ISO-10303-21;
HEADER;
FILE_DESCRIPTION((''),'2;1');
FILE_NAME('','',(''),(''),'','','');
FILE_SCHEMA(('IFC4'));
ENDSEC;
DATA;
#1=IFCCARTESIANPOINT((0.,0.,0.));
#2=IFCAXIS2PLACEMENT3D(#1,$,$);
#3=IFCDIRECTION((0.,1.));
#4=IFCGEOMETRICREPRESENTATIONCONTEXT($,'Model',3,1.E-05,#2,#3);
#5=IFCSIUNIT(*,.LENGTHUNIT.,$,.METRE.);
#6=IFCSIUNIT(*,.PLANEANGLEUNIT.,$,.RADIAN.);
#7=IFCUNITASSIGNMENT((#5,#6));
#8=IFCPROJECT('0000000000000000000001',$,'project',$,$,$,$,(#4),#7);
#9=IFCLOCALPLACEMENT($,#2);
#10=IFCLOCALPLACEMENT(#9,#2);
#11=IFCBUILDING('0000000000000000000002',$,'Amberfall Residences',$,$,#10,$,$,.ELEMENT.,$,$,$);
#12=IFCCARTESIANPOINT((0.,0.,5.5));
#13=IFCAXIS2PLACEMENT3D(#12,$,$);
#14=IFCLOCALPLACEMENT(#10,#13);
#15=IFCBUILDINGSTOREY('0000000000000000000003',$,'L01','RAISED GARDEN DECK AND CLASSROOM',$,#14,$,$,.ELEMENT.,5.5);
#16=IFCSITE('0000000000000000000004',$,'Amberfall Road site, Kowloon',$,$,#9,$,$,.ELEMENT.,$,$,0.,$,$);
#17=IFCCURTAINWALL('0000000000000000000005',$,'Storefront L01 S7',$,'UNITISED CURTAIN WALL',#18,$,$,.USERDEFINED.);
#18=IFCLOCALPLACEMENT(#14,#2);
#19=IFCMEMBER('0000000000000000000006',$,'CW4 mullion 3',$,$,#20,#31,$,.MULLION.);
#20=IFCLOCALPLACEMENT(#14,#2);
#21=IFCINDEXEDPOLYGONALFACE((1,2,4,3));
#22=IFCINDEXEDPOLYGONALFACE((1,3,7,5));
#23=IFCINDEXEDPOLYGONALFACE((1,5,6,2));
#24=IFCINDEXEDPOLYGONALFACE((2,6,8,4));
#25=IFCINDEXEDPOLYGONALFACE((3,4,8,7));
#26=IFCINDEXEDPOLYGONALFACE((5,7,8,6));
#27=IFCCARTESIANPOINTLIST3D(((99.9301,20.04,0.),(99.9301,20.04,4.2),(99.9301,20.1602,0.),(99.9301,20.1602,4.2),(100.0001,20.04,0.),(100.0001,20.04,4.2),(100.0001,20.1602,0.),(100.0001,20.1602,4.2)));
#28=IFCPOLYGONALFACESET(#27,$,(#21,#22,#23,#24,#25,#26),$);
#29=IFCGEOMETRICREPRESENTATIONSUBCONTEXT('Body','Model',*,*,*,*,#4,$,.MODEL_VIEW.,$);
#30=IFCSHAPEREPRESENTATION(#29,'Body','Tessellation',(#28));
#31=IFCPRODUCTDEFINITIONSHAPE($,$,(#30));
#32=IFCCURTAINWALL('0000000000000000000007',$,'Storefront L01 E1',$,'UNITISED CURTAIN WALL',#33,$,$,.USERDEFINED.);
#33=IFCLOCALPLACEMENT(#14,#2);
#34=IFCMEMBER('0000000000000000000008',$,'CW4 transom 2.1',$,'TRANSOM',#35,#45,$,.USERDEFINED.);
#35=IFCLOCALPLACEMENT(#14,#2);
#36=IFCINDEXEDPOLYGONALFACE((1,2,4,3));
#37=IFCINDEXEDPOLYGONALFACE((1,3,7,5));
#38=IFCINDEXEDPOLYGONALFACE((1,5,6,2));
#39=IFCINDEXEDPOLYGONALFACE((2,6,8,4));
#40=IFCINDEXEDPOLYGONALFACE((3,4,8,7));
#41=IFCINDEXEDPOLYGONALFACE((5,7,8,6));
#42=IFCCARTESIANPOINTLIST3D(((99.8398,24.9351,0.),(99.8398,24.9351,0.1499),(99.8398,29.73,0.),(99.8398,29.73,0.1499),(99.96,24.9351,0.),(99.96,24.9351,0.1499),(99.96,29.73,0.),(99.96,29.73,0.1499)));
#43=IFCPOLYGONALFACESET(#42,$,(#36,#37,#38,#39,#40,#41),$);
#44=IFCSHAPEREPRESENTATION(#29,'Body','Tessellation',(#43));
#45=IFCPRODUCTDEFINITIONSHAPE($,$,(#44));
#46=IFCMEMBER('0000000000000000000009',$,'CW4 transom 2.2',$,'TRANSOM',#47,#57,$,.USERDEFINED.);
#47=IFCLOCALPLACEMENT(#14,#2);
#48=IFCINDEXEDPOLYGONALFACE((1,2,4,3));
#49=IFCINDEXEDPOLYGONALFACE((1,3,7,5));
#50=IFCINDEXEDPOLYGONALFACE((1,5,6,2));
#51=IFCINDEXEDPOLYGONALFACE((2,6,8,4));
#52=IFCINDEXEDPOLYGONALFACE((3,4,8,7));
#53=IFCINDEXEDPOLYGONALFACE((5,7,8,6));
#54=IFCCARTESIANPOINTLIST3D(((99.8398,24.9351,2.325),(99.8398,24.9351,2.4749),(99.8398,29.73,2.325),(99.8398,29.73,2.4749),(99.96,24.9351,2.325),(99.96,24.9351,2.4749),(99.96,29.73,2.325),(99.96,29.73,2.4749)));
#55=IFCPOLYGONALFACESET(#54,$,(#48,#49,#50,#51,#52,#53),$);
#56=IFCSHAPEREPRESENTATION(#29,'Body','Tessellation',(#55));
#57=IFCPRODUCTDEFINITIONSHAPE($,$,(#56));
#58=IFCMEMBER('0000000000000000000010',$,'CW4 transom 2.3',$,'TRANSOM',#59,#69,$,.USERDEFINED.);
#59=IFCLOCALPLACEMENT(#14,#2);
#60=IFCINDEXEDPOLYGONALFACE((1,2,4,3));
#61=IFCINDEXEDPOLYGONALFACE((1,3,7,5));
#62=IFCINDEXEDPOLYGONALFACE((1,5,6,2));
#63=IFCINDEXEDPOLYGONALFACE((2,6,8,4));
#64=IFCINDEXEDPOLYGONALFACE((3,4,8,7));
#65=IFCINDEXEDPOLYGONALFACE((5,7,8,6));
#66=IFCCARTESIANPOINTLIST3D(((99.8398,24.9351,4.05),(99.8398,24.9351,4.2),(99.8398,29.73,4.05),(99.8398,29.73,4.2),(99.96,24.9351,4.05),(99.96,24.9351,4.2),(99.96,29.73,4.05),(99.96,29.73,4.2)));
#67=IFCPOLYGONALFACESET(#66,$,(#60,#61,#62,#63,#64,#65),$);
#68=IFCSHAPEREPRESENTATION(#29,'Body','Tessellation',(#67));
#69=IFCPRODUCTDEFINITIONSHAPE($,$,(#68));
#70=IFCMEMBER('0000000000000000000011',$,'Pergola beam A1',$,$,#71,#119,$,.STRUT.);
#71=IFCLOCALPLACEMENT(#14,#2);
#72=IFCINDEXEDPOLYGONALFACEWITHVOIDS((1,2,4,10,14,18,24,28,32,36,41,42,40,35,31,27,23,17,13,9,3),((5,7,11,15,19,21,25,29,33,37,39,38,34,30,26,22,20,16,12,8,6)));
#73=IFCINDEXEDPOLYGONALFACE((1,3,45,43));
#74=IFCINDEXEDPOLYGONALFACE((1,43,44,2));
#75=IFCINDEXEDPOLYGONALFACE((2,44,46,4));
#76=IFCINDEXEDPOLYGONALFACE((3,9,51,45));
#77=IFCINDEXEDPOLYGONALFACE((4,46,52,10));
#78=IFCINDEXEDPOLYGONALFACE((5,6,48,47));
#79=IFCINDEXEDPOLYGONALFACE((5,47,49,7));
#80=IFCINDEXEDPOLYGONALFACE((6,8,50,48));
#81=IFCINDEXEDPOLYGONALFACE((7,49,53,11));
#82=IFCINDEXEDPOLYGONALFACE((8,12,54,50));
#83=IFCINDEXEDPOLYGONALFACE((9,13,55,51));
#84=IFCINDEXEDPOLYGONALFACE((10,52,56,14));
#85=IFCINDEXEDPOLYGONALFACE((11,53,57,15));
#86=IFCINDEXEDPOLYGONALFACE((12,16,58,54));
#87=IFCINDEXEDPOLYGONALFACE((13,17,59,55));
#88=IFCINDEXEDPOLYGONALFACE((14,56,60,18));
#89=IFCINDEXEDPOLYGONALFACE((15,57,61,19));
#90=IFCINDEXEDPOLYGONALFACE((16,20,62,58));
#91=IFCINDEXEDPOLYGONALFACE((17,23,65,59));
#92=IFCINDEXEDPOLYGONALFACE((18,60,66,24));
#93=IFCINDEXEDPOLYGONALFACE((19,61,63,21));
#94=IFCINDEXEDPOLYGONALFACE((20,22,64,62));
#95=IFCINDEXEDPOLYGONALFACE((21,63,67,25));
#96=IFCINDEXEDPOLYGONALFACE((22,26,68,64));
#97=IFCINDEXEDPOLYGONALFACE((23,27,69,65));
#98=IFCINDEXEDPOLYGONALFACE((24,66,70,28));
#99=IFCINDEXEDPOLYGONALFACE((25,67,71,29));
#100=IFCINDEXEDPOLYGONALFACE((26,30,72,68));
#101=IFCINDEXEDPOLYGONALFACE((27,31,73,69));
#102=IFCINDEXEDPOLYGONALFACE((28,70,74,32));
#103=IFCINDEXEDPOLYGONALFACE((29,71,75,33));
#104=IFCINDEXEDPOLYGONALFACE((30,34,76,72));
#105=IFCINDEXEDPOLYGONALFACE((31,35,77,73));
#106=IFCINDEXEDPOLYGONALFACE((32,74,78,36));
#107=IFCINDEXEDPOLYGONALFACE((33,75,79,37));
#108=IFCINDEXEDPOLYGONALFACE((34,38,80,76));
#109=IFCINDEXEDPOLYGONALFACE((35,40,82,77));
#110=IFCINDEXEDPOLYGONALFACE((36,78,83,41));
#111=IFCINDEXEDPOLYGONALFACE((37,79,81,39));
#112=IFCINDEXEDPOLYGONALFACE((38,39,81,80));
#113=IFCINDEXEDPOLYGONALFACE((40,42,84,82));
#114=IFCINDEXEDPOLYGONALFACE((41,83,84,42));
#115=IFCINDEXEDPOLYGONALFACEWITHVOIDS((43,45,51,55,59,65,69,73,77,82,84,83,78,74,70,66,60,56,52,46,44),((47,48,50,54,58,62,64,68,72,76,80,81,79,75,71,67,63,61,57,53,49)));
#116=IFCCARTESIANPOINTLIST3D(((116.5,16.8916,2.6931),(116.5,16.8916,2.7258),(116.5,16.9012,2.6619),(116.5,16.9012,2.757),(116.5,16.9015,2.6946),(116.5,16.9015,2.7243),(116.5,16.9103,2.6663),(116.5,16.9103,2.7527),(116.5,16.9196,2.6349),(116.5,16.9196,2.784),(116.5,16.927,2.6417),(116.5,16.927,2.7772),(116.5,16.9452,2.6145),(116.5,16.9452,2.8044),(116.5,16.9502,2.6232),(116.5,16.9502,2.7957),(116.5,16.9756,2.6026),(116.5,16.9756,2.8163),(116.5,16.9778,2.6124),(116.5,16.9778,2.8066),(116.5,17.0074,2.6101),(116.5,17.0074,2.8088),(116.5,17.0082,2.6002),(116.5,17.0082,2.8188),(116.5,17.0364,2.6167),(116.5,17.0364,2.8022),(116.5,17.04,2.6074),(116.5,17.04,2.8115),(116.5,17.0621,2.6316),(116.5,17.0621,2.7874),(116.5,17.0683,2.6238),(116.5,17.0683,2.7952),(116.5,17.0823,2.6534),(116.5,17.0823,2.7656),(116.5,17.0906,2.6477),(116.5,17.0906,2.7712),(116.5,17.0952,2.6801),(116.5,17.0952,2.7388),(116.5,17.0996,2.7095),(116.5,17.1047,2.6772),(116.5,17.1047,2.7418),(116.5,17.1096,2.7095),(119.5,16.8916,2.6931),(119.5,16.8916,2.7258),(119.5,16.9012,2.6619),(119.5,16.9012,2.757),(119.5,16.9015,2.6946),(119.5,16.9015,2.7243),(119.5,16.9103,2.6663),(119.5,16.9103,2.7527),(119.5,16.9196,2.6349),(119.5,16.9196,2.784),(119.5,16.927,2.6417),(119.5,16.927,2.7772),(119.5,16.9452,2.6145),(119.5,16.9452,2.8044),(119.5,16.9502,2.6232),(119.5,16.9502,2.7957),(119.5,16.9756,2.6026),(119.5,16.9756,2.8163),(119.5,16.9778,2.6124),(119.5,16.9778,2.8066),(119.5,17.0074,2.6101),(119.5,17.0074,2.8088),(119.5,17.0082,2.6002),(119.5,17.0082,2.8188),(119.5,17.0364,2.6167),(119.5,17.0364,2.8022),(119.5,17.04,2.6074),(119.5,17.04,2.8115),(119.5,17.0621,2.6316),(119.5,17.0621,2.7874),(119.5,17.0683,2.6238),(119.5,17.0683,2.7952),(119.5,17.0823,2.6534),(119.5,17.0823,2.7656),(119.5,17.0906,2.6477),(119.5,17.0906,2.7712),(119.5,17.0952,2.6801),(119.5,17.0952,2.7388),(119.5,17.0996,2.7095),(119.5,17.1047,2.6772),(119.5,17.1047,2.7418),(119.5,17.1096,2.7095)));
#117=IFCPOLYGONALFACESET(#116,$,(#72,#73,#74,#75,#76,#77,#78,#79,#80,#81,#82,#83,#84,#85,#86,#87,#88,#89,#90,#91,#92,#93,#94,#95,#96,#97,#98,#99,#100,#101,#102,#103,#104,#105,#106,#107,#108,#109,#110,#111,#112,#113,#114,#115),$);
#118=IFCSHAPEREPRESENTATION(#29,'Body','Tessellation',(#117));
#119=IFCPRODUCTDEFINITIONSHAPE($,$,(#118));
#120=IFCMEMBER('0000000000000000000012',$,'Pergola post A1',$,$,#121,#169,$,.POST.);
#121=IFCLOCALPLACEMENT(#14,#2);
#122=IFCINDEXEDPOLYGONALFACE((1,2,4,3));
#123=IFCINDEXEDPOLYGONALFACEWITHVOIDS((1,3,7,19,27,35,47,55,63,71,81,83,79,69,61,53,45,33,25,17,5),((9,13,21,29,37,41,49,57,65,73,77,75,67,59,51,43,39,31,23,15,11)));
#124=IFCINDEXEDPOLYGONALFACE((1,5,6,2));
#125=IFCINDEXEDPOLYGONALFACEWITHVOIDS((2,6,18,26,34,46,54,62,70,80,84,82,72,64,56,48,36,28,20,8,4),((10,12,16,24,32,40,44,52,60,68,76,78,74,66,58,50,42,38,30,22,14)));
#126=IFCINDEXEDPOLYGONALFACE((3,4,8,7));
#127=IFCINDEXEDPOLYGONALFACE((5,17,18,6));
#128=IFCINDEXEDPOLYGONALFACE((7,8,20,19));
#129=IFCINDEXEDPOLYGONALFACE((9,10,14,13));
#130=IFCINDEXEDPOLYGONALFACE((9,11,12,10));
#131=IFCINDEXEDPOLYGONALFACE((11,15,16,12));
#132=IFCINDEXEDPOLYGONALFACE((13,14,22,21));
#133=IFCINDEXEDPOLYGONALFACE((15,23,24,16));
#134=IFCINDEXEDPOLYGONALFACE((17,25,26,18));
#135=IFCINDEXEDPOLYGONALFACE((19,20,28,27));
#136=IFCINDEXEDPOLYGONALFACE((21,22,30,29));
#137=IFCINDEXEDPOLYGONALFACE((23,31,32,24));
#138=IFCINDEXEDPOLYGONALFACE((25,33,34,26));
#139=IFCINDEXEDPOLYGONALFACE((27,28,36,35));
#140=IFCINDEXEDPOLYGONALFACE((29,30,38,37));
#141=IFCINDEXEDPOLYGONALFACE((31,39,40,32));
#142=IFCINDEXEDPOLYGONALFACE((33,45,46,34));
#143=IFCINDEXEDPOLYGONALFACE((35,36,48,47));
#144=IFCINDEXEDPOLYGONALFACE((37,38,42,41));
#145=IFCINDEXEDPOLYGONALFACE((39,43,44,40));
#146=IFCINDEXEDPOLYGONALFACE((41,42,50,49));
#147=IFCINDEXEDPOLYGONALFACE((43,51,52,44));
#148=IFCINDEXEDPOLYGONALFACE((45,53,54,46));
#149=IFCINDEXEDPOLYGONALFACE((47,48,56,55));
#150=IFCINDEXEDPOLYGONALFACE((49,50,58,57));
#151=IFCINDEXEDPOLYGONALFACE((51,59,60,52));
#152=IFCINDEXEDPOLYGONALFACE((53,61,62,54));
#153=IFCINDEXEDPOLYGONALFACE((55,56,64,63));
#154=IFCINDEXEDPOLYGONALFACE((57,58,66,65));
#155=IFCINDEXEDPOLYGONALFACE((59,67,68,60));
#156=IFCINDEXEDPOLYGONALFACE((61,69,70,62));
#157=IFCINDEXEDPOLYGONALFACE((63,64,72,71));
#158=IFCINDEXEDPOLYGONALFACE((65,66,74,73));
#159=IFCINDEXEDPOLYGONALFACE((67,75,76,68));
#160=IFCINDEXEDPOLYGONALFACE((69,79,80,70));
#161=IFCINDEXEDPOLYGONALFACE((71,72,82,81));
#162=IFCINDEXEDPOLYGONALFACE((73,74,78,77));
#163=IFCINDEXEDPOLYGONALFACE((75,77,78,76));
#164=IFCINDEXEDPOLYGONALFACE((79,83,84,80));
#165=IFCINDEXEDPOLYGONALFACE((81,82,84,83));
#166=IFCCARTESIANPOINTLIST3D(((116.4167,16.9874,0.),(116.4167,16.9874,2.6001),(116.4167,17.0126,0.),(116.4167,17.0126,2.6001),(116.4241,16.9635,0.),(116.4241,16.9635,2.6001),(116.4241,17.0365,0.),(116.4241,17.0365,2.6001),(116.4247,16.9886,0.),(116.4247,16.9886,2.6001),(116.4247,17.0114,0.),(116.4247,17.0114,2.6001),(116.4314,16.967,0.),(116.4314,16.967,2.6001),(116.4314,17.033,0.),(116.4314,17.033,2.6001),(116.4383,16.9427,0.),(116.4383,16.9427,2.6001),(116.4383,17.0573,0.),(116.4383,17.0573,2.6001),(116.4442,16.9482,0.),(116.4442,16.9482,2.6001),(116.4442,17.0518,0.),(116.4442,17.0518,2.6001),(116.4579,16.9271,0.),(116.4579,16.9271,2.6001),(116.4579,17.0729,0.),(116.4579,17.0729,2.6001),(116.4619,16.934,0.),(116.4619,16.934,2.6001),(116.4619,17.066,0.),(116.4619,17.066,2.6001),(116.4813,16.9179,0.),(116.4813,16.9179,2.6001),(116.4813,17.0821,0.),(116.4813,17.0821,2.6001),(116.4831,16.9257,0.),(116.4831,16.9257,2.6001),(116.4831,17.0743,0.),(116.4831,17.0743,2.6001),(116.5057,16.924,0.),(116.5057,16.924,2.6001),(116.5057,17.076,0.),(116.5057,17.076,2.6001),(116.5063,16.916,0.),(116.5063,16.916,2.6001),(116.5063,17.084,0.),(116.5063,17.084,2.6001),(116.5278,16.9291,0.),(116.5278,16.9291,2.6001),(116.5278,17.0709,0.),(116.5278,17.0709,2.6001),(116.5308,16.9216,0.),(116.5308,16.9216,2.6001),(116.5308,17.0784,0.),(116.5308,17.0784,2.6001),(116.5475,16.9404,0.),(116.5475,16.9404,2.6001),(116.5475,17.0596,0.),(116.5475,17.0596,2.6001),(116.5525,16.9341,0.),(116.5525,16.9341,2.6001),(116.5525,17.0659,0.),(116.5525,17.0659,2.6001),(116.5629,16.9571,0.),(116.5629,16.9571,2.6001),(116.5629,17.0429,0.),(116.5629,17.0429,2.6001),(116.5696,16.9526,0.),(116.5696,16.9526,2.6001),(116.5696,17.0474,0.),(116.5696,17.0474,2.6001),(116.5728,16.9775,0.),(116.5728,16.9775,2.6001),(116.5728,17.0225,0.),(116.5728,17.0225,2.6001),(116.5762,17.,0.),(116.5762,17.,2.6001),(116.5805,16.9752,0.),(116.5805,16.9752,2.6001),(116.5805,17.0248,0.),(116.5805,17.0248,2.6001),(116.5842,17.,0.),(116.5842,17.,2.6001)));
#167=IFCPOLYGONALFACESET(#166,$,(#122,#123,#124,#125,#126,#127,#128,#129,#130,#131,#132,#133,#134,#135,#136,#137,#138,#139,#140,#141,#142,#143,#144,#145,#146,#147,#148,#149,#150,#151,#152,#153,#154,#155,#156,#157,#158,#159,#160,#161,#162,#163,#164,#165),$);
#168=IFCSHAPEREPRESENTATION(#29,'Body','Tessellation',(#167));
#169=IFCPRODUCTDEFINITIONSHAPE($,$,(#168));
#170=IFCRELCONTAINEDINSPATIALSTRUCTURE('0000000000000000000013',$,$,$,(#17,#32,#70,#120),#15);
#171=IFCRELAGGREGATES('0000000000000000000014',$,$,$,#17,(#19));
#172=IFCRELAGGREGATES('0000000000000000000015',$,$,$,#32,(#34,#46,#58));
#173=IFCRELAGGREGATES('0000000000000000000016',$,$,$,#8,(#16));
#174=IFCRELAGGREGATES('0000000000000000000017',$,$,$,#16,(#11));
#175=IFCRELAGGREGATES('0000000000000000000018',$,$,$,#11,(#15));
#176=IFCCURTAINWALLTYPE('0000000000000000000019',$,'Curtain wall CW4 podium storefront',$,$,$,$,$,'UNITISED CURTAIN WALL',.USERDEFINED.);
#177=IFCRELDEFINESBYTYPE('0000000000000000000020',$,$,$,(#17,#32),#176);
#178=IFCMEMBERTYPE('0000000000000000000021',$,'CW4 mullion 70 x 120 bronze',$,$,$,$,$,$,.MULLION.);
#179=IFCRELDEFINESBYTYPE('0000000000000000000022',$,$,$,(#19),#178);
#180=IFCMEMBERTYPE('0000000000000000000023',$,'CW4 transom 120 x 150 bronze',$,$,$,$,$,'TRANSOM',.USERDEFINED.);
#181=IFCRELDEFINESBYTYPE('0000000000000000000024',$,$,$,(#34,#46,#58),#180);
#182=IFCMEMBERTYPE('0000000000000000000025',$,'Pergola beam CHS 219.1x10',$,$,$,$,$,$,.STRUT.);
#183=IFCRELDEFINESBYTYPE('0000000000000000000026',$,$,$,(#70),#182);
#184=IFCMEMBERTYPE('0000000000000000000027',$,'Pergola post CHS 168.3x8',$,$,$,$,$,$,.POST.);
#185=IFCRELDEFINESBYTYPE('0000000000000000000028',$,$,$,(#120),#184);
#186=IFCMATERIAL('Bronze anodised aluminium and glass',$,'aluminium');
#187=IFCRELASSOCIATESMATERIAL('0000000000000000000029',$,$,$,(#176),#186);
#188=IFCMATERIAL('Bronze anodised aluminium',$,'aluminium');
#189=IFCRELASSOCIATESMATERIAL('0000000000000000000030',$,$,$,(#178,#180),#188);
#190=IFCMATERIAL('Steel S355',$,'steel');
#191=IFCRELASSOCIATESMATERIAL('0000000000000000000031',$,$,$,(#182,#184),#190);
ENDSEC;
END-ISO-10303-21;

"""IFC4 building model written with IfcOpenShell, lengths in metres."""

from ifc_helpers import new_model, si_unit, direction, frame, origin, origin_2d, place, context, subcontext, project, spatial, rectangle, hollow_circle, extrude, material, material_profile, profile_set, type_object, element, aggregate, save


model = new_model("IFC4")

# Units and contexts
model_context = context("Model", 3, precision=1e-05, world=origin(), true_north=direction((0.0, 1.0)))
body_context = subcontext(model_context, "Body", "Model", "MODEL_VIEW")
ifc_project = project(units=[si_unit("LENGTHUNIT", "METRE"), si_unit("PLANEANGLEUNIT", "RADIAN")], contexts=[model_context])

# Site, building, storey
site_placement = place(None, origin())
site = spatial("IfcSite", under=ifc_project, at=site_placement, Name="Amberfall Road site, Kowloon", CompositionType="ELEMENT", RefElevation=0.0)
building_placement = place(site_placement, origin())
building = spatial("IfcBuilding", under=site, at=building_placement, Name="Amberfall Residences", CompositionType="ELEMENT")
storey_placement = place(building_placement, frame((0.0, 0.0, 5.5)))
storey = spatial("IfcBuildingStorey", under=building, at=storey_placement, Name="L01", Description="RAISED GARDEN DECK AND CLASSROOM", CompositionType="ELEMENT", Elevation=5.5)

# Curtain wall, member
ifc_material_1 = material(Name="Bronze anodised aluminium and glass", Category="aluminium")
curtain_wall_type = type_object("IfcCurtainWallType", Name="Curtain wall CW4 podium storefront", ElementType="UNITISED CURTAIN WALL", PredefinedType="USERDEFINED", material=ifc_material_1)
curtain_wall_1_placement = place(storey_placement, origin())
curtain_wall_1 = element("IfcCurtainWall", 1, at=curtain_wall_1_placement, inside=storey, type_object=curtain_wall_type, Name="Storefront L01 S7", ObjectType="UNITISED CURTAIN WALL", PredefinedType="USERDEFINED")
ifc_material_2 = material(Name="Bronze anodised aluminium", Category="aluminium")
ifc_material_profile_1 = material_profile(ifc_material_2, rectangle(XDim=0.1201, YDim=0.0701, at=origin_2d()), Name="CW4 mullion 70 x 120 bronze")
ifc_profile_set_1 = profile_set([ifc_material_profile_1], Name="Bronze anodised aluminium")
member_type_1 = type_object("IfcMemberType", Name="CW4 mullion 70 x 120 bronze", PredefinedType="MULLION", material=ifc_profile_set_1)
member_1_placement = place(storey_placement, frame((99.9651, 20.1001, 0.0), z_axis=(0.0, 0.0, 1.0), x_axis=(0.0, 1.0, 0.0)))
member_1 = element("IfcMember", 2, at=member_1_placement, type_object=member_type_1, Name="CW4 mullion 3", PredefinedType="MULLION", context=body_context, shape_type="SweptSolid", body=[
    extrude(rectangle(XDim=0.1201, YDim=0.0701, at=origin_2d()), origin(), (0.0, 0.0, 1.0), 4.2),
])
aggregate(curtain_wall_1, [member_1])

# Curtain wall, members
curtain_wall_2_placement = place(storey_placement, origin())
curtain_wall_2 = element("IfcCurtainWall", 3, at=curtain_wall_2_placement, inside=storey, type_object=curtain_wall_type, Name="Storefront L01 E1", ObjectType="UNITISED CURTAIN WALL", PredefinedType="USERDEFINED")
ifc_material_profile_2 = material_profile(ifc_material_2, rectangle(XDim=0.1201, YDim=0.1499, at=origin_2d()), Name="CW4 transom 120 x 150 bronze")
ifc_profile_set_2 = profile_set([ifc_material_profile_2], Name="Bronze anodised aluminium")
member_type_2 = type_object("IfcMemberType", Name="CW4 transom 120 x 150 bronze", ElementType="TRANSOM", PredefinedType="USERDEFINED", material=ifc_profile_set_2)
member_2_placement = place(storey_placement, frame((99.8999, 24.9351, 0.075), z_axis=(0.0, 1.0, 0.0), x_axis=(-1.0, 0.0, 0.0)))
member_2 = element("IfcMember", 4, at=member_2_placement, type_object=member_type_2, Name="CW4 transom 2.1", ObjectType="TRANSOM", PredefinedType="USERDEFINED", context=body_context, shape_type="SweptSolid", body=[
    extrude(rectangle(XDim=0.1201, YDim=0.1499, at=origin_2d()), origin(), (0.0, 0.0, 1.0), 4.7949),
])
member_3_placement = place(storey_placement, frame((99.8999, 24.9351, 2.3999), z_axis=(0.0, 1.0, 0.0), x_axis=(-1.0, 0.0, 0.0)))
member_3 = element("IfcMember", 5, at=member_3_placement, type_object=member_type_2, Name="CW4 transom 2.2", ObjectType="TRANSOM", PredefinedType="USERDEFINED", context=body_context, shape_type="SweptSolid", body=[
    extrude(rectangle(XDim=0.1201, YDim=0.1499, at=origin_2d()), origin(), (0.0, 0.0, 1.0), 4.7949),
])
member_4_placement = place(storey_placement, frame((99.8999, 24.9351, 4.125), z_axis=(0.0, 1.0, 0.0), x_axis=(-1.0, 0.0, 0.0)))
member_4 = element("IfcMember", 6, at=member_4_placement, type_object=member_type_2, Name="CW4 transom 2.3", ObjectType="TRANSOM", PredefinedType="USERDEFINED", context=body_context, shape_type="SweptSolid", body=[
    extrude(rectangle(XDim=0.1201, YDim=0.1499, at=origin_2d()), origin(), (0.0, 0.0, 1.0), 4.7949),
])

# Members
ifc_material_3 = material(Name="Steel S355", Category="steel")
ifc_material_profile_3 = material_profile(ifc_material_3, hollow_circle(Radius=0.1096, WallThickness=0.01, at=origin_2d()), Name="CHS 219.1x10")
ifc_profile_set_3 = profile_set([ifc_material_profile_3], Name="Steel S355")
member_type_3 = type_object("IfcMemberType", Name="Pergola beam CHS 219.1x10", PredefinedType="STRUT", material=ifc_profile_set_3)
member_5_placement = place(storey_placement, frame((116.5, 17.0, 2.7095), z_axis=(1.0, 0.0, 0.0), x_axis=(0.0, 1.0, 0.0)))
element("IfcMember", 7, at=member_5_placement, inside=storey, type_object=member_type_3, Name="Pergola beam A1", PredefinedType="STRUT", context=body_context, shape_type="SweptSolid", body=[
    extrude(hollow_circle(Radius=0.1096, WallThickness=0.01, at=origin_2d()), origin(), (0.0, 0.0, 1.0), 3.0),
])
ifc_material_profile_4 = material_profile(ifc_material_3, hollow_circle(Radius=0.0842, WallThickness=0.0081, at=origin_2d()), Name="CHS 168.3x8")
ifc_profile_set_4 = profile_set([ifc_material_profile_4], Name="Steel S355")
member_type_4 = type_object("IfcMemberType", Name="Pergola post CHS 168.3x8", PredefinedType="POST", material=ifc_profile_set_4)
for number, where, z_axis, x_axis, name in (
    (8, (116.5, 17.0, 0.0), (0.0, 0.0, 1.0), (1.0, 0.0, 0.0), "Pergola post A1"),
):
    element("IfcMember", number, at=place(storey_placement, frame(where, z_axis=z_axis, x_axis=x_axis)), inside=storey, type_object=member_type_4, Name=name, PredefinedType="POST", context=body_context, shape_type="SweptSolid", body=[
        extrude(hollow_circle(Radius=0.0842, WallThickness=0.0081, at=origin_2d()), origin(), (0.0, 0.0, 1.0), 2.6001),
    ])

aggregate(curtain_wall_2, [member_2, member_3, member_4])

save(model, "model.ifc")
